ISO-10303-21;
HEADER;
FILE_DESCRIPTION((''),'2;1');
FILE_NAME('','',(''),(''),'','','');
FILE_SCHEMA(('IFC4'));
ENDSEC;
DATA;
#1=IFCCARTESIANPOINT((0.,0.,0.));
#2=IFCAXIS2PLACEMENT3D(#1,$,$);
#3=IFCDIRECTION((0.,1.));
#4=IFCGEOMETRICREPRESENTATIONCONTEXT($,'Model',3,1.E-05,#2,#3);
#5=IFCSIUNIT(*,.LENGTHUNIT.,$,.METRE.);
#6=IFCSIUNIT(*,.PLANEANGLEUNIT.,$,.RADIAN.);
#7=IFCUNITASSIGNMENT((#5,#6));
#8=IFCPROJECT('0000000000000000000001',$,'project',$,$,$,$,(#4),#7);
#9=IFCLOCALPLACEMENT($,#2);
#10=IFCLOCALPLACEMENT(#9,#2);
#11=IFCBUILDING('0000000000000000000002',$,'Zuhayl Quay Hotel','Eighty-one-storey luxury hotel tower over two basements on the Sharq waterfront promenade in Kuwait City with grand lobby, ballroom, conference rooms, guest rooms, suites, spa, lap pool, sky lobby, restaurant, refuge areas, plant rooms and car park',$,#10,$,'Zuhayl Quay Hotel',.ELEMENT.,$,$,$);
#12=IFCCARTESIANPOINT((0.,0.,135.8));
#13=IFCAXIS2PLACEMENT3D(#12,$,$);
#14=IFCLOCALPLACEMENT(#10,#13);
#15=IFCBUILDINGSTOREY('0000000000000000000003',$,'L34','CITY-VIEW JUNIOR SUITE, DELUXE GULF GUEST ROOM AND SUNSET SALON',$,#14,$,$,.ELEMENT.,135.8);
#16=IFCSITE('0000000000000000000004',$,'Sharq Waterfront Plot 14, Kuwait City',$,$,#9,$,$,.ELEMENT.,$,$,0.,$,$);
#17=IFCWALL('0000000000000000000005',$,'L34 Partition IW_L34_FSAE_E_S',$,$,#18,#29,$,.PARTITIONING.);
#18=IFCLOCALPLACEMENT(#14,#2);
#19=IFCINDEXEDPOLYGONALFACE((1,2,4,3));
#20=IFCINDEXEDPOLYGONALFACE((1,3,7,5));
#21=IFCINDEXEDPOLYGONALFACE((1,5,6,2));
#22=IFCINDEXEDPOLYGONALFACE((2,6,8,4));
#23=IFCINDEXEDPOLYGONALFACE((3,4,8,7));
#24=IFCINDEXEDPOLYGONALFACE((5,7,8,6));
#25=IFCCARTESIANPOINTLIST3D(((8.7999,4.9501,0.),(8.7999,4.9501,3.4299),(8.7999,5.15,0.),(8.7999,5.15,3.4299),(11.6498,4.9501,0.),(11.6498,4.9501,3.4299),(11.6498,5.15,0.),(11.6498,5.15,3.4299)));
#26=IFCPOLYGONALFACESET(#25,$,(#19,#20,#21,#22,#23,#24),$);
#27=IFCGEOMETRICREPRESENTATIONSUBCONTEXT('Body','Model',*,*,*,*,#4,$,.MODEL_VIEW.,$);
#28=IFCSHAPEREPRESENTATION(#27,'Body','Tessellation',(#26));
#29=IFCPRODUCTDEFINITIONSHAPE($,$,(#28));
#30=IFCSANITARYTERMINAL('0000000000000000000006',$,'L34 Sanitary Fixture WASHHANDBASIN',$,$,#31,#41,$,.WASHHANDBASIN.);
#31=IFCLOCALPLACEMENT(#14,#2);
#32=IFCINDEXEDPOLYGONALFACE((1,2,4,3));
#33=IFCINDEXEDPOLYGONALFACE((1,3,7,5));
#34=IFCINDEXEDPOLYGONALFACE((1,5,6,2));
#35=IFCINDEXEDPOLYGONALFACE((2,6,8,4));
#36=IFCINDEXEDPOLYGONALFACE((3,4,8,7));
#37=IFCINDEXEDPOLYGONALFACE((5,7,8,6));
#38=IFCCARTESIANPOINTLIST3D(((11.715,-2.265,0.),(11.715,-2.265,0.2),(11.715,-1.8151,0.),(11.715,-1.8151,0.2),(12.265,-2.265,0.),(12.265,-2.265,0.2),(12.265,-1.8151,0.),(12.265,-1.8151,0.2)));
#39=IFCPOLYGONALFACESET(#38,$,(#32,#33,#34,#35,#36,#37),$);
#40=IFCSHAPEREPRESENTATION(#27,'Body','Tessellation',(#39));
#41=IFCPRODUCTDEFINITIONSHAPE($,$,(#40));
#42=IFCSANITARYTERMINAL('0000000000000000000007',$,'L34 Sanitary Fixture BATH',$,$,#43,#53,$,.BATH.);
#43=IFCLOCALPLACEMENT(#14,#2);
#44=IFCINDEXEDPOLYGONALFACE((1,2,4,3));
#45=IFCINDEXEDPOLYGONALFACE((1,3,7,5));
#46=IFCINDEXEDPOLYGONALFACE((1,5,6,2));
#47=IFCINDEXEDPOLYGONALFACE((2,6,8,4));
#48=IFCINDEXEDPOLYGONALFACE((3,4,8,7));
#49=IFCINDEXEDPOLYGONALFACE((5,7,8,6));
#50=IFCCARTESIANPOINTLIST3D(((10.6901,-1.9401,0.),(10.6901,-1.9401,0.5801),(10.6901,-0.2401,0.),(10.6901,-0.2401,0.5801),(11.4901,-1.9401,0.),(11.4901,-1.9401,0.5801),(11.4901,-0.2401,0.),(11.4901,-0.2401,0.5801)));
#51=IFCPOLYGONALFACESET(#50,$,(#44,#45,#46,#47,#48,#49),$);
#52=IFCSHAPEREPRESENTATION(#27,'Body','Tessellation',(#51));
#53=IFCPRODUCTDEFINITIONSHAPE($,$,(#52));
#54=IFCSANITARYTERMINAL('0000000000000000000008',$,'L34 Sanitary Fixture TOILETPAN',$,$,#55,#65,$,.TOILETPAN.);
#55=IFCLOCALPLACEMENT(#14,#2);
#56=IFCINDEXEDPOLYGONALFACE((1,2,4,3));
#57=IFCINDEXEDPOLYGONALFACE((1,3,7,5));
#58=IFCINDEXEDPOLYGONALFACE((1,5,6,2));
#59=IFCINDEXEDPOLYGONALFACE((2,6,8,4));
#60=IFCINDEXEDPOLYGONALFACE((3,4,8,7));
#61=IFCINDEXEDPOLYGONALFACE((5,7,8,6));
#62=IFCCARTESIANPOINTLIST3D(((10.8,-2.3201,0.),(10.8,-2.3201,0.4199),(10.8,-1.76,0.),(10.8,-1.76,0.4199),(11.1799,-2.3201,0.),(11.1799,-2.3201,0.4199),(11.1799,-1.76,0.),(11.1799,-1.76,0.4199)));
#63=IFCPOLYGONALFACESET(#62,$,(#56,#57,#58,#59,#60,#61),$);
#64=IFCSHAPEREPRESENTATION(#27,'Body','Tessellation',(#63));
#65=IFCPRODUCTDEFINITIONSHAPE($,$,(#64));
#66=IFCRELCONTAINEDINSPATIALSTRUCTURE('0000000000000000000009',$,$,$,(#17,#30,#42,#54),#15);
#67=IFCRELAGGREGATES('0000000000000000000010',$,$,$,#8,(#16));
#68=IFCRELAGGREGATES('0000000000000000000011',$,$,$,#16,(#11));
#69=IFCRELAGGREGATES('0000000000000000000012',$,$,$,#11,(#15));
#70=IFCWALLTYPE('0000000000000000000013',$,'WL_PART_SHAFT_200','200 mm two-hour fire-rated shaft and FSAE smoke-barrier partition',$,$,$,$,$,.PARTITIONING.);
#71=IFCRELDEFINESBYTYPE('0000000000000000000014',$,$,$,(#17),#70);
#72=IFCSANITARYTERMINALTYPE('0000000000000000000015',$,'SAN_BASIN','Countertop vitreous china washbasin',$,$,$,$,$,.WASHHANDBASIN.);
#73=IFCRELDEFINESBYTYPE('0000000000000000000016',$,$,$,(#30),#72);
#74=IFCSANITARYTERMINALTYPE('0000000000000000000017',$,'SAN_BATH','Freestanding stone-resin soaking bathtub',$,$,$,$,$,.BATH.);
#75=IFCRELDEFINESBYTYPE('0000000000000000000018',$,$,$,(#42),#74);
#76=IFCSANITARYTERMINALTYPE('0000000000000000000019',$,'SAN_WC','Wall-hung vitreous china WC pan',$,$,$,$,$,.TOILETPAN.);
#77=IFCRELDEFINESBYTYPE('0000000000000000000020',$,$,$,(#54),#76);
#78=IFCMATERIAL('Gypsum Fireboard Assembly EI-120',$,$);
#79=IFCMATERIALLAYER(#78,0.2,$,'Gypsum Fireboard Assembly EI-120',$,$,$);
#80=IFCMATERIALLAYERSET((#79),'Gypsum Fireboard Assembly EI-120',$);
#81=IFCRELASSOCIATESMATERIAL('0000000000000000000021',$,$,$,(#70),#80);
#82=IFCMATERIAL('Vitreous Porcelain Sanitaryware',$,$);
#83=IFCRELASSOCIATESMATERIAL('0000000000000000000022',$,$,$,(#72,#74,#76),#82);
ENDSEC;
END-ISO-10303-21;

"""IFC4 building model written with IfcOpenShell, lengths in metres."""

from ifc_helpers import new_model, si_unit, direction, frame, frame_2d, origin, origin_2d, place, context, subcontext, project, spatial, rectangle, extrude, material, layer, layer_set, type_object, element, save


model = new_model("IFC4")

# Units and contexts
model_context = context("Model", 3, precision=1e-05, world=origin(), true_north=direction((0.0, 1.0)))
body_context = subcontext(model_context, "Body", "Model", "MODEL_VIEW")
ifc_project = project(units=[si_unit("LENGTHUNIT", "METRE"), si_unit("PLANEANGLEUNIT", "RADIAN")], contexts=[model_context])

# Site, building, storey
site_placement = place(None, origin())
site = spatial("IfcSite", under=ifc_project, at=site_placement, Name="Sharq Waterfront Plot 14, Kuwait City", CompositionType="ELEMENT", RefElevation=0.0)
building_placement = place(site_placement, origin())
building = spatial("IfcBuilding", under=site, at=building_placement, Name="Zuhayl Quay Hotel", Description="Eighty-one-storey luxury hotel tower over two basements on the Sharq waterfront promenade in Kuwait City with grand lobby, ballroom, conference rooms, guest rooms, suites, spa, lap pool, sky lobby, restaurant, refuge areas, plant rooms and car park", LongName="Zuhayl Quay Hotel", CompositionType="ELEMENT")
storey_placement = place(building_placement, frame((0.0, 0.0, 135.8)))
storey = spatial("IfcBuildingStorey", under=building, at=storey_placement, Name="L34", Description="CITY-VIEW JUNIOR SUITE, DELUXE GULF GUEST ROOM AND SUNSET SALON", CompositionType="ELEMENT", Elevation=135.8)

# Wall
ifc_material_1 = material(Name="Gypsum Fireboard Assembly EI-120")
ifc_layer_1 = layer(ifc_material_1, 0.2, Name="Gypsum Fireboard Assembly EI-120")
ifc_layer_set_1 = layer_set([ifc_layer_1], Name="Gypsum Fireboard Assembly EI-120")
wall_type_1 = type_object("IfcWallType", Name="WL_PART_SHAFT_200", Description="200 mm two-hour fire-rated shaft and FSAE smoke-barrier partition", PredefinedType="PARTITIONING", material=ifc_layer_set_1)
wall_1_placement = place(storey_placement, frame((8.8, 5.05, 0.0), z_axis=(0.0, 0.0, 1.0), x_axis=(1.0, 0.0, 0.0)))
element("IfcWall", 1, at=wall_1_placement, inside=storey, type_object=wall_type_1, Name="L34 Partition IW_L34_FSAE_E_S", PredefinedType="PARTITIONING", context=body_context, shape_type="SweptSolid", body=[
    extrude(rectangle(XDim=2.8499, YDim=0.2, at=frame_2d((1.4248, 0.0))), origin(), (0.0, 0.0, 1.0), 3.4299),
])

# Sanitary terminals
ifc_material_2 = material(Name="Vitreous Porcelain Sanitaryware")
sanitary_terminal_type_1 = type_object("IfcSanitaryTerminalType", Name="SAN_BASIN", Description="Countertop vitreous china washbasin", PredefinedType="WASHHANDBASIN", material=ifc_material_2)
sanitary_terminal_1_placement = place(storey_placement, frame((11.99, -2.04, 0.0), z_axis=(0.0, 0.0, 1.0), x_axis=(1.0, 0.0, 0.0)))
element("IfcSanitaryTerminal", 2, at=sanitary_terminal_1_placement, inside=storey, type_object=sanitary_terminal_type_1, Name="L34 Sanitary Fixture WASHHANDBASIN", PredefinedType="WASHHANDBASIN", context=body_context, shape_type="SweptSolid", body=[
    extrude(rectangle(XDim=0.55, YDim=0.45, at=origin_2d()), origin(), (0.0, 0.0, 1.0), 0.2),
])
sanitary_terminal_type_2 = type_object("IfcSanitaryTerminalType", Name="SAN_BATH", Description="Freestanding stone-resin soaking bathtub", PredefinedType="BATH", material=ifc_material_2)
sanitary_terminal_2_placement = place(storey_placement, frame((11.0901, -1.0901, 0.0), z_axis=(0.0, 0.0, 1.0), x_axis=(1.0, 0.0, 0.0)))
element("IfcSanitaryTerminal", 3, at=sanitary_terminal_2_placement, inside=storey, type_object=sanitary_terminal_type_2, Name="L34 Sanitary Fixture BATH", PredefinedType="BATH", context=body_context, shape_type="SweptSolid", body=[
    extrude(rectangle(XDim=0.8, YDim=1.7, at=origin_2d()), origin(), (0.0, 0.0, 1.0), 0.5801),
])
sanitary_terminal_type_3 = type_object("IfcSanitaryTerminalType", Name="SAN_WC", Description="Wall-hung vitreous china WC pan", PredefinedType="TOILETPAN", material=ifc_material_2)
sanitary_terminal_3_placement = place(storey_placement, frame((10.99, -2.04, 0.0), z_axis=(0.0, 0.0, 1.0), x_axis=(1.0, 0.0, 0.0)))
element("IfcSanitaryTerminal", 4, at=sanitary_terminal_3_placement, inside=storey, type_object=sanitary_terminal_type_3, Name="L34 Sanitary Fixture TOILETPAN", PredefinedType="TOILETPAN", context=body_context, shape_type="SweptSolid", body=[
    extrude(rectangle(XDim=0.3799, YDim=0.5601, at=origin_2d()), origin(), (0.0, 0.0, 1.0), 0.4199),
])

save(model, "model.ifc")
